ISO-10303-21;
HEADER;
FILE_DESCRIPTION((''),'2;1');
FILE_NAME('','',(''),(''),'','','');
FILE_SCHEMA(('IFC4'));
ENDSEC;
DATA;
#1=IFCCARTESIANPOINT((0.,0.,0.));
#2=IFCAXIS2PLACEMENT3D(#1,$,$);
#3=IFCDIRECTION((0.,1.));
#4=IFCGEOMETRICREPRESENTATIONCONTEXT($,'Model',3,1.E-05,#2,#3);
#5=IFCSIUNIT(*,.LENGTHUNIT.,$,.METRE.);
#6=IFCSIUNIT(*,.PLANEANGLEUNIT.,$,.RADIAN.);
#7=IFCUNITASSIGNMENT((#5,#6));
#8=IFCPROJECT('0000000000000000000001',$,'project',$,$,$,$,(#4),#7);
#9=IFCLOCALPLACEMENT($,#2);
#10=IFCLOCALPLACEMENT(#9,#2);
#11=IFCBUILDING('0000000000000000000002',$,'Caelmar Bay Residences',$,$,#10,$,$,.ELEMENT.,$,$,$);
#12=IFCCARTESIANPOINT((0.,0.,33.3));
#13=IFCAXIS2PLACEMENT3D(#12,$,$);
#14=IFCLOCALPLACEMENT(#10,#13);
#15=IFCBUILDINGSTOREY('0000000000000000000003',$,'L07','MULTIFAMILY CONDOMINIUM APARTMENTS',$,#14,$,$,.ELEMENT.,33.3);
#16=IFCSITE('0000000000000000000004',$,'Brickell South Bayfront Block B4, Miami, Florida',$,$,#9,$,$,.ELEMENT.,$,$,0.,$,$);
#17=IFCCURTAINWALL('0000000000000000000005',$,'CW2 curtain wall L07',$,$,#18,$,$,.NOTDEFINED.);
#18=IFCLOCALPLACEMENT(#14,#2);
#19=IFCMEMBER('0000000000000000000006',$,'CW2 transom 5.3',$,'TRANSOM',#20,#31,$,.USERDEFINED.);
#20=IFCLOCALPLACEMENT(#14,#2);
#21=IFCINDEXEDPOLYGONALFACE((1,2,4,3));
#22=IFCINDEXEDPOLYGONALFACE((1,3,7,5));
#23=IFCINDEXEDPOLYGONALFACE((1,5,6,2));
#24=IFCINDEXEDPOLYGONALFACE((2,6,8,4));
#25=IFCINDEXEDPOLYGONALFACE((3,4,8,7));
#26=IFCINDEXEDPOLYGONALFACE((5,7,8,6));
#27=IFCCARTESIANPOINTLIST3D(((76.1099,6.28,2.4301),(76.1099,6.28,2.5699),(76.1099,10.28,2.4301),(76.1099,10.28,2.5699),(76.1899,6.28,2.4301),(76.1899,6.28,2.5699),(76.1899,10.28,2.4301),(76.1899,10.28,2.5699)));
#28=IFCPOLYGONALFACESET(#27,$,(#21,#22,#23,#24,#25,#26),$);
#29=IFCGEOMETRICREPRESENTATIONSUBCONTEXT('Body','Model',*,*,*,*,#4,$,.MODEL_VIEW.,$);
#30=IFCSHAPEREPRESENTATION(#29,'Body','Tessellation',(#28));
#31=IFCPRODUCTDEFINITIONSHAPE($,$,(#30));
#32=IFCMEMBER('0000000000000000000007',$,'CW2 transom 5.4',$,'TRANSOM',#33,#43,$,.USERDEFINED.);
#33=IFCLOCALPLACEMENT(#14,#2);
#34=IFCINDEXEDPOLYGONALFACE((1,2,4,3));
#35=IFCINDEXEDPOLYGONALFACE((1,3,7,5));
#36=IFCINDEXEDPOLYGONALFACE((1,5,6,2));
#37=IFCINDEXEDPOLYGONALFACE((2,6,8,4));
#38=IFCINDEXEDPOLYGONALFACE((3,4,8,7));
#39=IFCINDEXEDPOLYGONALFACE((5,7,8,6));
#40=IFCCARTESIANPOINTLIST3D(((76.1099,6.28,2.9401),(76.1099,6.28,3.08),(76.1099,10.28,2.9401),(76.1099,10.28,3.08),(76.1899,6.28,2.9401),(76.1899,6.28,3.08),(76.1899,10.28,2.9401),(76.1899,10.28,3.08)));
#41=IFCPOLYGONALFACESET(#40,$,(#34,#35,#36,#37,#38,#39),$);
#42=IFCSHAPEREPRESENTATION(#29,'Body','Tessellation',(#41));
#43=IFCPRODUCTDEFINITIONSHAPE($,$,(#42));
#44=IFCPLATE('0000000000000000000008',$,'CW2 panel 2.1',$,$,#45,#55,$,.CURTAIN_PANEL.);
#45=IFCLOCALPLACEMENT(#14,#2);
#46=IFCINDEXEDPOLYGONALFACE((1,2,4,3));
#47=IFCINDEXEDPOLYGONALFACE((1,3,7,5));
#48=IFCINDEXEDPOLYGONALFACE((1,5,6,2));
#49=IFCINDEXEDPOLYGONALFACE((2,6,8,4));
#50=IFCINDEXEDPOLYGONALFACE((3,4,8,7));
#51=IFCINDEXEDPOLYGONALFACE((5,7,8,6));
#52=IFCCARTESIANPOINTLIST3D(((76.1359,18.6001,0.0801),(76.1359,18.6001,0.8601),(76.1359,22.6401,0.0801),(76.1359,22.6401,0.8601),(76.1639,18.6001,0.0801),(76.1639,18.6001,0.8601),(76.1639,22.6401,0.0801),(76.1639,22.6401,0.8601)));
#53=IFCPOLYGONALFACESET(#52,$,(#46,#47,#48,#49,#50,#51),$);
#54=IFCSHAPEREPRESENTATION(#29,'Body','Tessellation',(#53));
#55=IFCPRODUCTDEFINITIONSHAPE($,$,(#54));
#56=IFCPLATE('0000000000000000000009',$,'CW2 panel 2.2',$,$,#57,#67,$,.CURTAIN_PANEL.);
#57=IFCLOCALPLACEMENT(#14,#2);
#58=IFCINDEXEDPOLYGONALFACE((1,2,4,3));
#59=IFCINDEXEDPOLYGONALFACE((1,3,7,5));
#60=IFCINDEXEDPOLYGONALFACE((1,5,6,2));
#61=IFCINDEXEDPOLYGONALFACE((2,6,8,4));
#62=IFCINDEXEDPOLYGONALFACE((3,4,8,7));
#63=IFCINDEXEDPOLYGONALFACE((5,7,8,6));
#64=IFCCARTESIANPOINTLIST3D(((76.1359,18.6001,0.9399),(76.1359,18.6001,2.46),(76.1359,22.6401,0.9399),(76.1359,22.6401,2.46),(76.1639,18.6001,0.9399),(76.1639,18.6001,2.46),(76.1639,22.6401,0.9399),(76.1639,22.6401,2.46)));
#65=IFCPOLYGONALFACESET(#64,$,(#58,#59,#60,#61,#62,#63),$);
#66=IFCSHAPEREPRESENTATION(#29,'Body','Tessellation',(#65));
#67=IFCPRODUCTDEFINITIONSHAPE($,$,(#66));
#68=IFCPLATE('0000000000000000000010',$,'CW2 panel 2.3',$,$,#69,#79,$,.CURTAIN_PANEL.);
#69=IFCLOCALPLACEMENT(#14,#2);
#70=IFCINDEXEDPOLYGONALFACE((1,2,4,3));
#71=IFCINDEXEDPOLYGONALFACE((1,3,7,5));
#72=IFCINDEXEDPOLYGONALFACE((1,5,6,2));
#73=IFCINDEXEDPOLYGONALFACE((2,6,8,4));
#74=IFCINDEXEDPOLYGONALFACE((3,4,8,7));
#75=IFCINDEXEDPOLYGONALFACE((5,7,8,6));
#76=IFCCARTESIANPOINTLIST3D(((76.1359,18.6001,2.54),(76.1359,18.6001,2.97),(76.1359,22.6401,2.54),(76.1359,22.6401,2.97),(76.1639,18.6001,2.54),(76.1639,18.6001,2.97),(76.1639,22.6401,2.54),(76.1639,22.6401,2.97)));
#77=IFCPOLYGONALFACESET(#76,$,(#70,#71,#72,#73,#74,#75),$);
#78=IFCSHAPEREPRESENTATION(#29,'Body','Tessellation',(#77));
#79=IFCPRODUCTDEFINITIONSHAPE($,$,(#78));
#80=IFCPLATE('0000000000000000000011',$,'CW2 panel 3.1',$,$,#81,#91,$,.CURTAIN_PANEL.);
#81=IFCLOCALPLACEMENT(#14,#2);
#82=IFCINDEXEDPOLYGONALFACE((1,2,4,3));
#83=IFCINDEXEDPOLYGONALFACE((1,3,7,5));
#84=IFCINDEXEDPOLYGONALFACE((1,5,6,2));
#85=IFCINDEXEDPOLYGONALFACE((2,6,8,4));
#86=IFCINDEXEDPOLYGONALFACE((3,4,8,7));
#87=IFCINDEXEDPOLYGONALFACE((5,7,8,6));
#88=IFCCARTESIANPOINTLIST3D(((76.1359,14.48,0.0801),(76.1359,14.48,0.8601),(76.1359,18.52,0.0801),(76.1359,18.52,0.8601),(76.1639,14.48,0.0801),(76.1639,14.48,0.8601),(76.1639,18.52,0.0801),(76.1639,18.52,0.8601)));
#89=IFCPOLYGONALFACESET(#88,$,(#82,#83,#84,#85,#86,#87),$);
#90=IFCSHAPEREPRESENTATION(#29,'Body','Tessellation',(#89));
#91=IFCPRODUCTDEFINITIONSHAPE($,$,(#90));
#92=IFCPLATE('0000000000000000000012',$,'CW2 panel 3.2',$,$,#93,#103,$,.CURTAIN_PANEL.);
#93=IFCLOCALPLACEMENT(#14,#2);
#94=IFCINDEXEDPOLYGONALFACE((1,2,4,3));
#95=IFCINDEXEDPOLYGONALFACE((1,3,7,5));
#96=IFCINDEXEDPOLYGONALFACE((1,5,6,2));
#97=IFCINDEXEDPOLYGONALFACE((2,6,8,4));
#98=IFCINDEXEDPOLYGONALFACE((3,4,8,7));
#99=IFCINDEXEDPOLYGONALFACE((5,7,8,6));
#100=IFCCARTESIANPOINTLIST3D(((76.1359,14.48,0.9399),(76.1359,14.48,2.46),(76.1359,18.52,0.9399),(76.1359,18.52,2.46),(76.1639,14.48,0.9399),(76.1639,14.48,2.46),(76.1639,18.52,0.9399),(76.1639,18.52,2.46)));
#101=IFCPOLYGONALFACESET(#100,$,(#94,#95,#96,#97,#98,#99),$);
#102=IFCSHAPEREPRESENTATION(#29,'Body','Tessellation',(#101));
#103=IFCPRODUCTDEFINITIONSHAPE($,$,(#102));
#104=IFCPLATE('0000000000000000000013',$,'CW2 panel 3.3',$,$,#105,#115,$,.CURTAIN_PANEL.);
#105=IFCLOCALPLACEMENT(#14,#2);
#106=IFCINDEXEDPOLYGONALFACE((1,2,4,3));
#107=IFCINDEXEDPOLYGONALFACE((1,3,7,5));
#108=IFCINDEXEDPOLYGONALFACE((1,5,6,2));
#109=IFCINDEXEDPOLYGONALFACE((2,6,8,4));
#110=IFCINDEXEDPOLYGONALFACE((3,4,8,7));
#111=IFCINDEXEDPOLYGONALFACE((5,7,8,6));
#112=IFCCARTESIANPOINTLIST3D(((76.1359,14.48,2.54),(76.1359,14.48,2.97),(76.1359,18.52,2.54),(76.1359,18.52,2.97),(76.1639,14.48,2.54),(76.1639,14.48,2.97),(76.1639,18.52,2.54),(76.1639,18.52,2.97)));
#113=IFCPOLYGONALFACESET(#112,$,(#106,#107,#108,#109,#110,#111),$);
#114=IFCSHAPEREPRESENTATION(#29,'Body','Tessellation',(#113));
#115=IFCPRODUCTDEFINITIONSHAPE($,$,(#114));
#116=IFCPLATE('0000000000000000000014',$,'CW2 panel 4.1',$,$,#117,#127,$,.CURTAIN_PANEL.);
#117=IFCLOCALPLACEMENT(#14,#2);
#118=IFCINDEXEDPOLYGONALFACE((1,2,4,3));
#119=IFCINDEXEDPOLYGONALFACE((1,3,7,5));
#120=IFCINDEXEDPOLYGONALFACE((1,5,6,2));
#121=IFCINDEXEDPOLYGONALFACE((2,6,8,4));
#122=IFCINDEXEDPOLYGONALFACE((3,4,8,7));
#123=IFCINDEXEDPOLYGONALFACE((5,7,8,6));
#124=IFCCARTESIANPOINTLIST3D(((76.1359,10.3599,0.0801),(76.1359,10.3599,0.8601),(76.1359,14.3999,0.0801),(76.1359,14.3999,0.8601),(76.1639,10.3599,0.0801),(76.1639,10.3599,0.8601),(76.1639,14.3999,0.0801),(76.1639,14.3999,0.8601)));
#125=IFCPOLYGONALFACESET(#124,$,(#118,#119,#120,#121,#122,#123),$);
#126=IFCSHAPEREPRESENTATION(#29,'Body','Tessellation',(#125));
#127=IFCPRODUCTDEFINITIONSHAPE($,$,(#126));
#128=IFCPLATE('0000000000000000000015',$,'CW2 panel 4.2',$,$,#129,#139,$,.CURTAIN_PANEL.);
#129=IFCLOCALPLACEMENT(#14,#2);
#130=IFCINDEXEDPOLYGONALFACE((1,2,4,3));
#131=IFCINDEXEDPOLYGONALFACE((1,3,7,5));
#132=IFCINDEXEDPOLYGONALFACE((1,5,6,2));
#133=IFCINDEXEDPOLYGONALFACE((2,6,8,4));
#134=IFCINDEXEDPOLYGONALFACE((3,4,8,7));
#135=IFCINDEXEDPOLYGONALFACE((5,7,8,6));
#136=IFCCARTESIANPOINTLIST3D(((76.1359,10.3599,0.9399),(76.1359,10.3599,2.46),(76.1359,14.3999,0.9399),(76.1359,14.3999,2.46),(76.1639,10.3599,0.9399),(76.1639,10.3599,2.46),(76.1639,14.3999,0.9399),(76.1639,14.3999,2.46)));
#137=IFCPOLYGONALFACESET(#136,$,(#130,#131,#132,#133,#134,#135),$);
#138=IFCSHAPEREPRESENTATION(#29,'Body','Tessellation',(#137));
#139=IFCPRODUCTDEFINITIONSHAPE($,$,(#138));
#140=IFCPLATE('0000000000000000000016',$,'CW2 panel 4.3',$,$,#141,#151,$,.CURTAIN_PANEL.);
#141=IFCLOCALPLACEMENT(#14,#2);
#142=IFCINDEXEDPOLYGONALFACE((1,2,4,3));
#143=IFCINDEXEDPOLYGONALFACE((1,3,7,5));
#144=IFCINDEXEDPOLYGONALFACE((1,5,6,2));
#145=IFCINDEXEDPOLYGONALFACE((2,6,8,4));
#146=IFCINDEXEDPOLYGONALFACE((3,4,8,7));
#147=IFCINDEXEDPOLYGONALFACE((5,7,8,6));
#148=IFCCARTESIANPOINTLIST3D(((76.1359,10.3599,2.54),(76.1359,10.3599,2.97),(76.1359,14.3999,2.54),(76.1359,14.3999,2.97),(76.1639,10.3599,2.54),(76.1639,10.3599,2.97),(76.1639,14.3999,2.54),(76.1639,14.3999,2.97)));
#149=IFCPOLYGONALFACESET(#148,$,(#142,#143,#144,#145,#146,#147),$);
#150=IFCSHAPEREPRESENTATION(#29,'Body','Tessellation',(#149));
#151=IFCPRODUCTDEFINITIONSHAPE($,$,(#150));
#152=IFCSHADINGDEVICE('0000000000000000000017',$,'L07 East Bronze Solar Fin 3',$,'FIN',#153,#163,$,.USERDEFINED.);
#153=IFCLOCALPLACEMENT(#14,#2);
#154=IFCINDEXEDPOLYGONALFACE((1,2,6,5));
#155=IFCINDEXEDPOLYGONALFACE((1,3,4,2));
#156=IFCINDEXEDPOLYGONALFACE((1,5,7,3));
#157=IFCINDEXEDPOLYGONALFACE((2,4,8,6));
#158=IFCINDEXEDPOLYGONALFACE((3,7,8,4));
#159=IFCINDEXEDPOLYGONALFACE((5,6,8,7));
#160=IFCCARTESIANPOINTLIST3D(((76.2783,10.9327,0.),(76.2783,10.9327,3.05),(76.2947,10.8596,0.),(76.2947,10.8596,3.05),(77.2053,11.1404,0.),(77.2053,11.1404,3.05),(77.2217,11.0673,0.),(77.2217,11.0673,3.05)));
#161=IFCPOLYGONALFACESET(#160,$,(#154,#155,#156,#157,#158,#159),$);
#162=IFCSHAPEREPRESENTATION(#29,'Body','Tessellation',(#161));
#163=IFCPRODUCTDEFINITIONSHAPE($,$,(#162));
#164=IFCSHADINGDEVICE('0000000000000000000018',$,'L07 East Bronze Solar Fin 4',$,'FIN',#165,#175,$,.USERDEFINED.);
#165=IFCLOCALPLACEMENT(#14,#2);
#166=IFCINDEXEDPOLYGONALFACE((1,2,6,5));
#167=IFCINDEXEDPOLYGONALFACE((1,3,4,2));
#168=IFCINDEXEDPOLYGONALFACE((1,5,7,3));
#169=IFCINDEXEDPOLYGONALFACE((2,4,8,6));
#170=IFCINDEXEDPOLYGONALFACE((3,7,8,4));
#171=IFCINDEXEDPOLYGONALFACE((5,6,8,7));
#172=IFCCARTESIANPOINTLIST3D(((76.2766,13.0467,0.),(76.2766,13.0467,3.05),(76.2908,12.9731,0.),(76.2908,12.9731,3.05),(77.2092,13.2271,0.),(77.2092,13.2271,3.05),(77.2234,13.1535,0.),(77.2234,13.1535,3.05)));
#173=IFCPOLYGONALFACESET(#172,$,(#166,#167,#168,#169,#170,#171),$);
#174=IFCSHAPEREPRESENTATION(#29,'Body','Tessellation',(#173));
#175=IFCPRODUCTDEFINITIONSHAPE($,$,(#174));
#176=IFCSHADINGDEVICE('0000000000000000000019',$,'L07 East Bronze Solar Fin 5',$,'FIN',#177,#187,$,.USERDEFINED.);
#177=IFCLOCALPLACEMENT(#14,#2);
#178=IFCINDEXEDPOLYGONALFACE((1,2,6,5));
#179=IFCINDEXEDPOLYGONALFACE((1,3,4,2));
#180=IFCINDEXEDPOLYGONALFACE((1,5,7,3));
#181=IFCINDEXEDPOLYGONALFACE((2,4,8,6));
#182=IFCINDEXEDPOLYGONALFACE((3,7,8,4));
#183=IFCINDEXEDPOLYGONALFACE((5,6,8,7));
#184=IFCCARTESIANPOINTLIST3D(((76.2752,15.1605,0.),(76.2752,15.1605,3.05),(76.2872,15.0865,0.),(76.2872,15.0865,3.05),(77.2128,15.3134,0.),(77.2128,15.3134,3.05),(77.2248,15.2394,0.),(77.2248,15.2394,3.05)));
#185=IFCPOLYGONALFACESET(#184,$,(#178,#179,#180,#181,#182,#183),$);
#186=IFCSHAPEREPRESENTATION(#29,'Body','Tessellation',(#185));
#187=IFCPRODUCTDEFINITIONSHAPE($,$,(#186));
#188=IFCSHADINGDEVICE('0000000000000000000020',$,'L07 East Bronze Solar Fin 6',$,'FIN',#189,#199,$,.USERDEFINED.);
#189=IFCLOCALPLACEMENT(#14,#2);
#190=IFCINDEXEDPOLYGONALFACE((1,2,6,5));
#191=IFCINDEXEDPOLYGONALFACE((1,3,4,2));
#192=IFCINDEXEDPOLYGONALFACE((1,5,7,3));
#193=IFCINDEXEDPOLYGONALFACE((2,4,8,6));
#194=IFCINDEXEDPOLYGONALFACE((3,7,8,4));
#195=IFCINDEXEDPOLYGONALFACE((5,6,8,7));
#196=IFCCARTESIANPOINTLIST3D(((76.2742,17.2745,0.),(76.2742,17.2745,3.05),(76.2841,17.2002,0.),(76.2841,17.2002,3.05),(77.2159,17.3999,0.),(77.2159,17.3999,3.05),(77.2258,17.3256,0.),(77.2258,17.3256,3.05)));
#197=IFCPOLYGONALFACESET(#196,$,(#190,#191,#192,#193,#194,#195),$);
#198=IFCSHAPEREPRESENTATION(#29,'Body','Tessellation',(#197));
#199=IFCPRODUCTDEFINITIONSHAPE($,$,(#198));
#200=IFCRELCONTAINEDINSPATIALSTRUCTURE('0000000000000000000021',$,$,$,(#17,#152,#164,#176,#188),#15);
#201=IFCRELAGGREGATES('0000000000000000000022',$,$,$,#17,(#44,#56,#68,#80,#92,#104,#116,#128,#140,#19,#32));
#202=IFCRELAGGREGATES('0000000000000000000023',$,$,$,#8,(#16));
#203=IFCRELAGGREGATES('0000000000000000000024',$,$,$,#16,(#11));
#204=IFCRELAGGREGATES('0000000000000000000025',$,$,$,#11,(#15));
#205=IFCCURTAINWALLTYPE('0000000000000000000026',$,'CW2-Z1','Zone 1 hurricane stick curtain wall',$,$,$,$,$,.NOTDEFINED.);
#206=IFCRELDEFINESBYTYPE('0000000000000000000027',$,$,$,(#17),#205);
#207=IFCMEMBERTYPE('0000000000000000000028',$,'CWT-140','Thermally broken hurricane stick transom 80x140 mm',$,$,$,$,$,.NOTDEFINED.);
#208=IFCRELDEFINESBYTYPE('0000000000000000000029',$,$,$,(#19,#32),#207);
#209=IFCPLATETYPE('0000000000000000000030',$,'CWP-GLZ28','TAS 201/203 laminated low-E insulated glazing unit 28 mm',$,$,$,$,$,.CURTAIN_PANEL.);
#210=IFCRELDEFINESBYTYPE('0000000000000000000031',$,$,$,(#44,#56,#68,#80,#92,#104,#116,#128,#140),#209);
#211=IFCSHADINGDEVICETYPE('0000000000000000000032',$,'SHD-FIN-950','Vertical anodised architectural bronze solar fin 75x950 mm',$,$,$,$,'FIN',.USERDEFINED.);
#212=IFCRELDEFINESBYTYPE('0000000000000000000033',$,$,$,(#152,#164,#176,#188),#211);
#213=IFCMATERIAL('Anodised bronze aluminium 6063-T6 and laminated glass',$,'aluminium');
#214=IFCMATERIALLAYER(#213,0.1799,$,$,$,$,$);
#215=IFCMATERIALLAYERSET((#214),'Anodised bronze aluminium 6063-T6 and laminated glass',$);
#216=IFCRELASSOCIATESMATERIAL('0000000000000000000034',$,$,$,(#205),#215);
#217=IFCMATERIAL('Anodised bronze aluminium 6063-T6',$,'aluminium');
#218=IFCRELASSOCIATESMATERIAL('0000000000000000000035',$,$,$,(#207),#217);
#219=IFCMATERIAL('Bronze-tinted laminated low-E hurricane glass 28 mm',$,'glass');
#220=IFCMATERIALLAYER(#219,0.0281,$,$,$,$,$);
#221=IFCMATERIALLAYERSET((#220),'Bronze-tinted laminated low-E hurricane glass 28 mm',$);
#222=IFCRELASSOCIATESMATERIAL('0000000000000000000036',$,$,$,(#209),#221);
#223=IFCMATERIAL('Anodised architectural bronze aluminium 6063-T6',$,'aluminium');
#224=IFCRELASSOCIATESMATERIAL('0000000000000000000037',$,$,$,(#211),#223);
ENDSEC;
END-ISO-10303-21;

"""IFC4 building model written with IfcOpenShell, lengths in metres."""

from ifc_helpers import new_model, si_unit, direction, frame, origin, origin_2d, place, context, subcontext, project, spatial, rectangle, extrude, material, layer, layer_set, material_profile, profile_set, type_object, element, aggregate, save


model = new_model("IFC4")

# Units and contexts
model_context = context("Model", 3, precision=1e-05, world=origin(), true_north=direction((0.0, 1.0)))
body_context = subcontext(model_context, "Body", "Model", "MODEL_VIEW")
ifc_project = project(units=[si_unit("LENGTHUNIT", "METRE"), si_unit("PLANEANGLEUNIT", "RADIAN")], contexts=[model_context])

# Site, building, storey
site_placement = place(None, origin())
site = spatial("IfcSite", under=ifc_project, at=site_placement, Name="Brickell South Bayfront Block B4, Miami, Florida", CompositionType="ELEMENT", RefElevation=0.0)
building_placement = place(site_placement, origin())
building = spatial("IfcBuilding", under=site, at=building_placement, Name="Caelmar Bay Residences", CompositionType="ELEMENT")
storey_placement = place(building_placement, frame((0.0, 0.0, 33.3)))
storey = spatial("IfcBuildingStorey", under=building, at=storey_placement, Name="L07", Description="MULTIFAMILY CONDOMINIUM APARTMENTS", CompositionType="ELEMENT", Elevation=33.3)

# Curtain wall, members, plates
ifc_material_1 = material(Name="Anodised bronze aluminium 6063-T6 and laminated glass", Category="aluminium")
ifc_layer_1 = layer(ifc_material_1, 0.1799)
ifc_layer_set_1 = layer_set([ifc_layer_1], Name="Anodised bronze aluminium 6063-T6 and laminated glass")
curtain_wall_type = type_object("IfcCurtainWallType", Name="CW2-Z1", Description="Zone 1 hurricane stick curtain wall", PredefinedType="NOTDEFINED", material=ifc_layer_set_1)
curtain_wall_placement = place(storey_placement, origin())
curtain_wall = element("IfcCurtainWall", 1, at=curtain_wall_placement, inside=storey, type_object=curtain_wall_type, Name="CW2 curtain wall L07", PredefinedType="NOTDEFINED")
ifc_material_2 = material(Name="Anodised bronze aluminium 6063-T6", Category="aluminium")
ifc_material_profile_1 = material_profile(ifc_material_2, rectangle(XDim=0.0801, YDim=0.1399, at=origin_2d()), Name="CWT-80X140")
ifc_profile_set_1 = profile_set([ifc_material_profile_1], Name="Anodised bronze aluminium 6063-T6")
member_type_1 = type_object("IfcMemberType", Name="CWT-140", Description="Thermally broken hurricane stick transom 80x140 mm", PredefinedType="NOTDEFINED", material=ifc_profile_set_1)
member_1_placement = place(storey_placement, frame((76.1499, 10.28, 2.5), z_axis=(0.0, -1.0, 0.0), x_axis=(1.0, 0.0, 0.0)))
member_1 = element("IfcMember", 2, at=member_1_placement, type_object=member_type_1, Name="CW2 transom 5.3", ObjectType="TRANSOM", PredefinedType="USERDEFINED", context=body_context, shape_type="SweptSolid", body=[
    extrude(rectangle(XDim=0.0801, YDim=0.1399, at=origin_2d()), origin(), (0.0, 0.0, 1.0), 4.0),
])
member_2_placement = place(storey_placement, frame((76.1499, 10.28, 3.01), z_axis=(0.0, -1.0, 0.0), x_axis=(1.0, 0.0, 0.0)))
member_2 = element("IfcMember", 3, at=member_2_placement, type_object=member_type_1, Name="CW2 transom 5.4", ObjectType="TRANSOM", PredefinedType="USERDEFINED", context=body_context, shape_type="SweptSolid", body=[
    extrude(rectangle(XDim=0.0801, YDim=0.1399, at=origin_2d()), origin(), (0.0, 0.0, 1.0), 4.0),
])
ifc_material_3 = material(Name="Bronze-tinted laminated low-E hurricane glass 28 mm", Category="glass")
ifc_layer_2 = layer(ifc_material_3, 0.0281)
ifc_layer_set_2 = layer_set([ifc_layer_2], Name="Bronze-tinted laminated low-E hurricane glass 28 mm")
plate_type = type_object("IfcPlateType", Name="CWP-GLZ28", Description="TAS 201/203 laminated low-E insulated glazing unit 28 mm", PredefinedType="CURTAIN_PANEL", material=ifc_layer_set_2)
plate_1_placement = place(storey_placement, frame((76.1499, 20.6201, 0.0801), z_axis=(0.0, 0.0, 1.0), x_axis=(0.0, -1.0, 0.0)))
plate_1 = element("IfcPlate", 4, at=plate_1_placement, type_object=plate_type, Name="CW2 panel 2.1", PredefinedType="CURTAIN_PANEL", context=body_context, shape_type="SweptSolid", body=[
    extrude(rectangle(XDim=4.04, YDim=0.0281, at=origin_2d()), origin(), (0.0, 0.0, 1.0), 0.78),
])
plate_2_placement = place(storey_placement, frame((76.1499, 20.6201, 0.9399), z_axis=(0.0, 0.0, 1.0), x_axis=(0.0, -1.0, 0.0)))
plate_2 = element("IfcPlate", 5, at=plate_2_placement, type_object=plate_type, Name="CW2 panel 2.2", PredefinedType="CURTAIN_PANEL", context=body_context, shape_type="SweptSolid", body=[
    extrude(rectangle(XDim=4.04, YDim=0.0281, at=origin_2d()), origin(), (0.0, 0.0, 1.0), 1.52),
])
plate_3_placement = place(storey_placement, frame((76.1499, 20.6201, 2.54), z_axis=(0.0, 0.0, 1.0), x_axis=(0.0, -1.0, 0.0)))
plate_3 = element("IfcPlate", 6, at=plate_3_placement, type_object=plate_type, Name="CW2 panel 2.3", PredefinedType="CURTAIN_PANEL", context=body_context, shape_type="SweptSolid", body=[
    extrude(rectangle(XDim=4.04, YDim=0.0281, at=origin_2d()), origin(), (0.0, 0.0, 1.0), 0.4299),
])
plate_4_placement = place(storey_placement, frame((76.1499, 16.5, 0.0801), z_axis=(0.0, 0.0, 1.0), x_axis=(0.0, -1.0, 0.0)))
plate_4 = element("IfcPlate", 7, at=plate_4_placement, type_object=plate_type, Name="CW2 panel 3.1", PredefinedType="CURTAIN_PANEL", context=body_context, shape_type="SweptSolid", body=[
    extrude(rectangle(XDim=4.04, YDim=0.0281, at=origin_2d()), origin(), (0.0, 0.0, 1.0), 0.78),
])
plate_5_placement = place(storey_placement, frame((76.1499, 16.5, 0.9399), z_axis=(0.0, 0.0, 1.0), x_axis=(0.0, -1.0, 0.0)))
plate_5 = element("IfcPlate", 8, at=plate_5_placement, type_object=plate_type, Name="CW2 panel 3.2", PredefinedType="CURTAIN_PANEL", context=body_context, shape_type="SweptSolid", body=[
    extrude(rectangle(XDim=4.04, YDim=0.0281, at=origin_2d()), origin(), (0.0, 0.0, 1.0), 1.52),
])
plate_6_placement = place(storey_placement, frame((76.1499, 16.5, 2.54), z_axis=(0.0, 0.0, 1.0), x_axis=(0.0, -1.0, 0.0)))
plate_6 = element("IfcPlate", 9, at=plate_6_placement, type_object=plate_type, Name="CW2 panel 3.3", PredefinedType="CURTAIN_PANEL", context=body_context, shape_type="SweptSolid", body=[
    extrude(rectangle(XDim=4.04, YDim=0.0281, at=origin_2d()), origin(), (0.0, 0.0, 1.0), 0.4299),
])
plate_7_placement = place(storey_placement, frame((76.1499, 12.3799, 0.0801), z_axis=(0.0, 0.0, 1.0), x_axis=(0.0, -1.0, 0.0)))
plate_7 = element("IfcPlate", 10, at=plate_7_placement, type_object=plate_type, Name="CW2 panel 4.1", PredefinedType="CURTAIN_PANEL", context=body_context, shape_type="SweptSolid", body=[
    extrude(rectangle(XDim=4.04, YDim=0.0281, at=origin_2d()), origin(), (0.0, 0.0, 1.0), 0.78),
])
plate_8_placement = place(storey_placement, frame((76.1499, 12.3799, 0.9399), z_axis=(0.0, 0.0, 1.0), x_axis=(0.0, -1.0, 0.0)))
plate_8 = element("IfcPlate", 11, at=plate_8_placement, type_object=plate_type, Name="CW2 panel 4.2", PredefinedType="CURTAIN_PANEL", context=body_context, shape_type="SweptSolid", body=[
    extrude(rectangle(XDim=4.04, YDim=0.0281, at=origin_2d()), origin(), (0.0, 0.0, 1.0), 1.52),
])
plate_9_placement = place(storey_placement, frame((76.1499, 12.3799, 2.54), z_axis=(0.0, 0.0, 1.0), x_axis=(0.0, -1.0, 0.0)))
plate_9 = element("IfcPlate", 12, at=plate_9_placement, type_object=plate_type, Name="CW2 panel 4.3", PredefinedType="CURTAIN_PANEL", context=body_context, shape_type="SweptSolid", body=[
    extrude(rectangle(XDim=4.04, YDim=0.0281, at=origin_2d()), origin(), (0.0, 0.0, 1.0), 0.4299),
])
aggregate(curtain_wall, [plate_1, plate_2, plate_3, plate_4, plate_5, plate_6, plate_7, plate_8, plate_9, member_1, member_2])

# Shading devices
ifc_material_4 = material(Name="Anodised architectural bronze aluminium 6063-T6", Category="aluminium")
ifc_material_profile_2 = material_profile(ifc_material_4, rectangle(XDim=0.075, YDim=0.95, at=origin_2d()), Name="BRONZE-FIN-75X950")
ifc_profile_set_2 = profile_set([ifc_material_profile_2], Name="Anodised architectural bronze aluminium 6063-T6")
shading_device_type = type_object("IfcShadingDeviceType", Name="SHD-FIN-950", Description="Vertical anodised architectural bronze solar fin 75x950 mm", ElementType="FIN", PredefinedType="USERDEFINED", material=ifc_profile_set_2)
for number, where, z_axis, x_axis, name in (
    (13, (76.75, 11.0, 0.0), (0.0, 0.0, 1.0), (-0.218654, 0.975802, 0.0), "L07 East Bronze Solar Fin 3"),
    (14, (76.75, 13.1001, 0.0), (0.0, 0.0, 1.0), (-0.189952, 0.981793, 0.0), "L07 East Bronze Solar Fin 4"),
    (15, (76.75, 15.2, 0.0), (0.0, 0.0, 1.0), (-0.160915, 0.986968, 0.0), "L07 East Bronze Solar Fin 5"),
    (16, (76.75, 17.3, 0.0), (0.0, 0.0, 1.0), (-0.13191, 0.991262, 0.0), "L07 East Bronze Solar Fin 6"),
):
    element("IfcShadingDevice", number, at=place(storey_placement, frame(where, z_axis=z_axis, x_axis=x_axis)), inside=storey, type_object=shading_device_type, Name=name, ObjectType="FIN", PredefinedType="USERDEFINED", context=body_context, shape_type="SweptSolid", body=[
        extrude(rectangle(XDim=0.075, YDim=0.95, at=origin_2d()), origin(), (0.0, 0.0, 1.0), 3.05),
    ])

save(model, "model.ifc")
